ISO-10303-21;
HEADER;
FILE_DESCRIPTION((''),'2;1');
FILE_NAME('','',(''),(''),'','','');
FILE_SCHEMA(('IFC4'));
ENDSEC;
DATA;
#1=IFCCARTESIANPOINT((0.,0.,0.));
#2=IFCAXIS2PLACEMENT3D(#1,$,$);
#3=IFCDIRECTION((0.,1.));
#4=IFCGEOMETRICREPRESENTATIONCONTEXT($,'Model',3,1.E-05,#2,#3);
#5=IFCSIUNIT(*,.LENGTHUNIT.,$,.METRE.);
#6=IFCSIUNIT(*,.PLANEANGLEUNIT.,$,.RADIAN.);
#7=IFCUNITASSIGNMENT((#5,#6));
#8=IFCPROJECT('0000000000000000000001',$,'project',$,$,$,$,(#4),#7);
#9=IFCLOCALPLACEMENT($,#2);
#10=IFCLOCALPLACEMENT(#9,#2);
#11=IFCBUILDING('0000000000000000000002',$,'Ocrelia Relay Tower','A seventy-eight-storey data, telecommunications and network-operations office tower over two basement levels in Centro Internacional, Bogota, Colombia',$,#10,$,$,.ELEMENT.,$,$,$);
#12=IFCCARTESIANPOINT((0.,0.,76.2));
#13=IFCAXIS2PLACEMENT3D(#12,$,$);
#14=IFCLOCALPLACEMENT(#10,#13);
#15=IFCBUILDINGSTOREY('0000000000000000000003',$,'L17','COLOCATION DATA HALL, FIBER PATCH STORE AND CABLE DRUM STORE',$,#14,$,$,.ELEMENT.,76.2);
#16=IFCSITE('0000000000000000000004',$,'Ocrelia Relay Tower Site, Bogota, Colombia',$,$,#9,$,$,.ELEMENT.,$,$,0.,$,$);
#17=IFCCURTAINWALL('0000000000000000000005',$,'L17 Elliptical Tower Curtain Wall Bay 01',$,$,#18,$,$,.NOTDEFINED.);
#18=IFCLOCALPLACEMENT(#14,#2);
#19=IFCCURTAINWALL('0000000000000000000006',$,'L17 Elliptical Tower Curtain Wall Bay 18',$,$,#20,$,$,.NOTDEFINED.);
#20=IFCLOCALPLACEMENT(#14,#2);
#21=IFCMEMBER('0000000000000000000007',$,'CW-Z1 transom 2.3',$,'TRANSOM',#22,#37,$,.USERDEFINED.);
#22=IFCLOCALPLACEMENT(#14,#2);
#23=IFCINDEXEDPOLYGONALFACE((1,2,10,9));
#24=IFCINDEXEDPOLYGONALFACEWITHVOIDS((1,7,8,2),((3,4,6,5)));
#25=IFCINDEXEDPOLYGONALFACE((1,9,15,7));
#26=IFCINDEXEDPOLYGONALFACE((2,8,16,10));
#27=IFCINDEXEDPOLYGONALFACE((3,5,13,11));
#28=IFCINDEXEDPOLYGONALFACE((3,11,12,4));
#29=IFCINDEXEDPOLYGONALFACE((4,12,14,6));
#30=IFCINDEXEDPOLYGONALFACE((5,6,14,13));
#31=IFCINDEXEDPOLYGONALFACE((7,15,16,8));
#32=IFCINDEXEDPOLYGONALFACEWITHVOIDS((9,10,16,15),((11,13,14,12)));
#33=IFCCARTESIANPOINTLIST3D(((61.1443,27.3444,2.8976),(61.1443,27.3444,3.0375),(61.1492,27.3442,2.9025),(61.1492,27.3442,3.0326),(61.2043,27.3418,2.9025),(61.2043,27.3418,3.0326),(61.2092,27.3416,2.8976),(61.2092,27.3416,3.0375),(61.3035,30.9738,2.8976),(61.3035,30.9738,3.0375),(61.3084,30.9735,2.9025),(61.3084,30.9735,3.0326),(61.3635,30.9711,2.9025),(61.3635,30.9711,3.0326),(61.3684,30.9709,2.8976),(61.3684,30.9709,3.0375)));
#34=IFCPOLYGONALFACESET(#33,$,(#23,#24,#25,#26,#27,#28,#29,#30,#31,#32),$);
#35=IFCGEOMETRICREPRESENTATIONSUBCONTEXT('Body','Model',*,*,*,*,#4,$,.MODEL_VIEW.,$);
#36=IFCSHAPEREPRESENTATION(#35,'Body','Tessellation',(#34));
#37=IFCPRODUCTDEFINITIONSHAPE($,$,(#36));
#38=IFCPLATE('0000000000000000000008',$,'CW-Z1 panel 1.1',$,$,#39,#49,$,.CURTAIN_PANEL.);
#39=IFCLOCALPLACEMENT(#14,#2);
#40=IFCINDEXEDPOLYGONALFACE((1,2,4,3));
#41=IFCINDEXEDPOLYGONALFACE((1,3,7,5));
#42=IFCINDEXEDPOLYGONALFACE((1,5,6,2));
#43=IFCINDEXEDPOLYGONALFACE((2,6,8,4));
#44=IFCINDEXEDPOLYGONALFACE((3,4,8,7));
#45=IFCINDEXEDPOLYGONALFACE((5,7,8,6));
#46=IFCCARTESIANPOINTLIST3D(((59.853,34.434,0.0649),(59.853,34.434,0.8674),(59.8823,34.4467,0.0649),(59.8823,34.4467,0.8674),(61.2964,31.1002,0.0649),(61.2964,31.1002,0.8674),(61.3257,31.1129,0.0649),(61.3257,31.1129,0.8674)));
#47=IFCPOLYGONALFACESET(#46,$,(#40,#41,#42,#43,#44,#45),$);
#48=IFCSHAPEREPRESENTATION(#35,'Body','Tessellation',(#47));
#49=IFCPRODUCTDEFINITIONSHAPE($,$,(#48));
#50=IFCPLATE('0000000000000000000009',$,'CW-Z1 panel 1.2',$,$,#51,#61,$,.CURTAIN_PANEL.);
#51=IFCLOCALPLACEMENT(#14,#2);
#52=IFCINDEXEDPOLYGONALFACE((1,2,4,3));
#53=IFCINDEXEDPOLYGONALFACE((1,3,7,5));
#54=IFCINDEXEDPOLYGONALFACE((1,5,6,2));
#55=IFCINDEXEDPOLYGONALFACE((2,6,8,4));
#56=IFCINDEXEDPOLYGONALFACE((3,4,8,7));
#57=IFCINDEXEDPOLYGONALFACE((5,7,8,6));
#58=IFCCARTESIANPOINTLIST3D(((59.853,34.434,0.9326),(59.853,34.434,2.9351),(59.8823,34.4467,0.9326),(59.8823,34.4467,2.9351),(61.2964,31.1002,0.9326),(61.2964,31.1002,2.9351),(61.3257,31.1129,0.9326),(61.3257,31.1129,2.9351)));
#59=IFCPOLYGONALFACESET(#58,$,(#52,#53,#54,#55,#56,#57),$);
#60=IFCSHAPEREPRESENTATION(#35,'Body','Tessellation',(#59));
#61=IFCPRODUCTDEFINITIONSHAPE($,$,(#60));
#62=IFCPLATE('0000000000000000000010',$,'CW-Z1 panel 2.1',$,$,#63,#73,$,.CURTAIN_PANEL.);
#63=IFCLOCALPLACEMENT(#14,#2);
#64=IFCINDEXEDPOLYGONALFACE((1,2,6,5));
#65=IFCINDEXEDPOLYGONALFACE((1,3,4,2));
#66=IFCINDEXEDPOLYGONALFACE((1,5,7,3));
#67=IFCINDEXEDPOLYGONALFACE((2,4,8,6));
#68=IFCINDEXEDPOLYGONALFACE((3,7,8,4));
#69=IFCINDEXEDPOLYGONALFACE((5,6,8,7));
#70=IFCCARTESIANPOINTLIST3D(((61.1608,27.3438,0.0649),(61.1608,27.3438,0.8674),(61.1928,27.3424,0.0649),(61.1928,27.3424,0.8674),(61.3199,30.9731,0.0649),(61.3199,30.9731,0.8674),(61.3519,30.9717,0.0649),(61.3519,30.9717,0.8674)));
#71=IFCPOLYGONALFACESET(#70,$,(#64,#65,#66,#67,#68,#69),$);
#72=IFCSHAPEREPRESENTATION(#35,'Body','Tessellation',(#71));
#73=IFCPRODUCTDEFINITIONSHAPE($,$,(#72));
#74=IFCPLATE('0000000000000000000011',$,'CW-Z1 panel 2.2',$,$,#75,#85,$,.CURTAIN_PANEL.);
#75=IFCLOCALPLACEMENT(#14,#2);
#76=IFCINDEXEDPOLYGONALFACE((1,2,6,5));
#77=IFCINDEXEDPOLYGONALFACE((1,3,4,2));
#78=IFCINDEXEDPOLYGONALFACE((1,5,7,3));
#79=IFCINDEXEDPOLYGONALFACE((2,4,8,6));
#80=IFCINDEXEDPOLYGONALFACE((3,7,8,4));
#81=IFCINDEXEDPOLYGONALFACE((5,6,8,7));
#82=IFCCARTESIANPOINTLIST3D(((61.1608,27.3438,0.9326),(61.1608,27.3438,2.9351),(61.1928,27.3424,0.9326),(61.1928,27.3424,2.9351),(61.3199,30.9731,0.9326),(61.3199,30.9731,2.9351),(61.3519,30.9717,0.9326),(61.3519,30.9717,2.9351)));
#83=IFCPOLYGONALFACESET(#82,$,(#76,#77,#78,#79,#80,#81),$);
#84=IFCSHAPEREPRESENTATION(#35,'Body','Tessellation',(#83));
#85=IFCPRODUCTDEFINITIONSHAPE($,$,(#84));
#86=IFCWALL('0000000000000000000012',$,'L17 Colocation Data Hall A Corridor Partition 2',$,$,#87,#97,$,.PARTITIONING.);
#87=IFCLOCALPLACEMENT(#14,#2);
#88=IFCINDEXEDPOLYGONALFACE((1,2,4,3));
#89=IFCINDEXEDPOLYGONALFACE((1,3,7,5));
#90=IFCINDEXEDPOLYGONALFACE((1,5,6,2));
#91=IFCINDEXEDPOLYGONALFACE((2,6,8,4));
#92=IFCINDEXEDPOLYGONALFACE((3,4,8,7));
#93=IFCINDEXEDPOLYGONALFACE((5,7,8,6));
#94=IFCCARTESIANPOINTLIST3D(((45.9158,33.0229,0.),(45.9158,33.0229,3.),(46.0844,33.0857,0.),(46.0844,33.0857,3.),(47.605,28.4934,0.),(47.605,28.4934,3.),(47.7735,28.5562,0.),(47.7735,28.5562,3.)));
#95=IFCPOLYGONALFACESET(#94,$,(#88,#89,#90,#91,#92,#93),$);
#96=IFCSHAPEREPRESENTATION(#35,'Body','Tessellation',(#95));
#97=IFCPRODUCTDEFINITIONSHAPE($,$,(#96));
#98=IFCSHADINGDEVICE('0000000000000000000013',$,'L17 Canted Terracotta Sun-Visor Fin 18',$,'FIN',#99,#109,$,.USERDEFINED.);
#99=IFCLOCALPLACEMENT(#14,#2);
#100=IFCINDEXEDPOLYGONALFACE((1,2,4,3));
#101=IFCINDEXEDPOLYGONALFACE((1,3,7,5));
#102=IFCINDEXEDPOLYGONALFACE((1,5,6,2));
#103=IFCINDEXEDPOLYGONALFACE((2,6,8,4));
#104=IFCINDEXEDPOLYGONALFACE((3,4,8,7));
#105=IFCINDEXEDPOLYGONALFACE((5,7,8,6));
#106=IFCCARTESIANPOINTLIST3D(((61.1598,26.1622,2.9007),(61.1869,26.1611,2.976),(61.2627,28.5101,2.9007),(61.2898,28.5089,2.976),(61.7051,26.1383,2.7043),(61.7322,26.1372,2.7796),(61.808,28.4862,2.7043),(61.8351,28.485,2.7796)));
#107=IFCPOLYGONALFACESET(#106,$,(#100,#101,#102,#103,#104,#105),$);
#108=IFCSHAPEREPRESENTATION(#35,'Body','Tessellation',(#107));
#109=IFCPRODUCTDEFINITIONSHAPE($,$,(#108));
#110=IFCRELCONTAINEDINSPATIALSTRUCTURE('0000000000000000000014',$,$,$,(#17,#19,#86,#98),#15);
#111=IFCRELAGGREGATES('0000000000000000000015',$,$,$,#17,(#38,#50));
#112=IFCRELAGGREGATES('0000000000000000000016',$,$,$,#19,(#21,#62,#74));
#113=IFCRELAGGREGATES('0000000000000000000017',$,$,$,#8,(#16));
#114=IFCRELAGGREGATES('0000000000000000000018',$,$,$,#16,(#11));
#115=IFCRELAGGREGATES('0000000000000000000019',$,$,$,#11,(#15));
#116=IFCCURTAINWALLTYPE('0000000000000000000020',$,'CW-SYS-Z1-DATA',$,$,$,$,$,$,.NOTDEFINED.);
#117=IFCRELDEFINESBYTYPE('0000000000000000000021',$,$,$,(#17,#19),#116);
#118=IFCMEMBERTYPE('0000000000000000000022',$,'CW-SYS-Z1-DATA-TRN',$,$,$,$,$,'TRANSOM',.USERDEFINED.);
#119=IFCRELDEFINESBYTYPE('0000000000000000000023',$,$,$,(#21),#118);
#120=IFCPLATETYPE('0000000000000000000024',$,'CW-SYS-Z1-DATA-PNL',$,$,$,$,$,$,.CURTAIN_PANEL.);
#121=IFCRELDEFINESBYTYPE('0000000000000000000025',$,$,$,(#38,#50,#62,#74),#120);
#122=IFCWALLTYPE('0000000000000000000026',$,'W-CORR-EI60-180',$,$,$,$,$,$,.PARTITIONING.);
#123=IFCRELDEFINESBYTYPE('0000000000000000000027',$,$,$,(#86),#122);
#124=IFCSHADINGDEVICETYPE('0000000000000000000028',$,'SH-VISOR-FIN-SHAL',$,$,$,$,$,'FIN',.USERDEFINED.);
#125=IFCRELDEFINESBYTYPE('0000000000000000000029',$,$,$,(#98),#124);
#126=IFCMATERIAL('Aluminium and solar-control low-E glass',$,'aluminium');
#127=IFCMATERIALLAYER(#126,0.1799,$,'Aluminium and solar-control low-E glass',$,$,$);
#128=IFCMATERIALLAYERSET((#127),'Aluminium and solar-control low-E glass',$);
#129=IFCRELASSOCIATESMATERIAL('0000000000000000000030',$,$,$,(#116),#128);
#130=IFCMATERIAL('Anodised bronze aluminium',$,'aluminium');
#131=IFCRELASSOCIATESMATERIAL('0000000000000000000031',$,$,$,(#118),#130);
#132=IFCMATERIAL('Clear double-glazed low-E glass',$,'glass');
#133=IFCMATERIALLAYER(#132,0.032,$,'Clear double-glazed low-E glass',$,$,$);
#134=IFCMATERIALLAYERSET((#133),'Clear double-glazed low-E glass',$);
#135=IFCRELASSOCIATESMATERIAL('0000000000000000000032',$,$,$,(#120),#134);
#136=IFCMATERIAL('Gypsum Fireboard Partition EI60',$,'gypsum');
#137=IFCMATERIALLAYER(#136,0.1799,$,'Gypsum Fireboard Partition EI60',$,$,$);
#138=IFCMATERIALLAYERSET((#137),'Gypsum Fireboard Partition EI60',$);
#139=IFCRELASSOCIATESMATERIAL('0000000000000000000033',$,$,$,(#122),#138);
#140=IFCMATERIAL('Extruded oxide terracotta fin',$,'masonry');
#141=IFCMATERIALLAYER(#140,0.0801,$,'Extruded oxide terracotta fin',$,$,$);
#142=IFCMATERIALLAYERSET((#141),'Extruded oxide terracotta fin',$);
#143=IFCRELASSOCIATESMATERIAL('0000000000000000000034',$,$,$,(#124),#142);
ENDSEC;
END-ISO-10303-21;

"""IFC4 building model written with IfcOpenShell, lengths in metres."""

from ifc_helpers import new_model, si_unit, direction, frame, frame_2d, origin, origin_2d, place, context, subcontext, project, spatial, rectangle, hollow_rectangle, extrude, material, layer, layer_set, material_profile, profile_set, type_object, element, aggregate, save


model = new_model("IFC4")

# Units and contexts
model_context = context("Model", 3, precision=1e-05, world=origin(), true_north=direction((0.0, 1.0)))
body_context = subcontext(model_context, "Body", "Model", "MODEL_VIEW")
ifc_project = project(units=[si_unit("LENGTHUNIT", "METRE"), si_unit("PLANEANGLEUNIT", "RADIAN")], contexts=[model_context])

# Site, building, storey
site_placement = place(None, origin())
site = spatial("IfcSite", under=ifc_project, at=site_placement, Name="Ocrelia Relay Tower Site, Bogota, Colombia", CompositionType="ELEMENT", RefElevation=0.0)
building_placement = place(site_placement, origin())
building = spatial("IfcBuilding", under=site, at=building_placement, Name="Ocrelia Relay Tower", Description="A seventy-eight-storey data, telecommunications and network-operations office tower over two basement levels in Centro Internacional, Bogota, Colombia", CompositionType="ELEMENT")
storey_placement = place(building_placement, frame((0.0, 0.0, 76.2)))
storey = spatial("IfcBuildingStorey", under=building, at=storey_placement, Name="L17", Description="COLOCATION DATA HALL, FIBER PATCH STORE AND CABLE DRUM STORE", CompositionType="ELEMENT", Elevation=76.2)

# Curtain wall
ifc_material_1 = material(Name="Aluminium and solar-control low-E glass", Category="aluminium")
ifc_layer_1 = layer(ifc_material_1, 0.1799, Name="Aluminium and solar-control low-E glass")
ifc_layer_set_1 = layer_set([ifc_layer_1], Name="Aluminium and solar-control low-E glass")
curtain_wall_type = type_object("IfcCurtainWallType", Name="CW-SYS-Z1-DATA", PredefinedType="NOTDEFINED", material=ifc_layer_set_1)
curtain_wall_1_placement = place(storey_placement, origin())
curtain_wall_1 = element("IfcCurtainWall", 1, at=curtain_wall_1_placement, inside=storey, type_object=curtain_wall_type, Name="L17 Elliptical Tower Curtain Wall Bay 01", PredefinedType="NOTDEFINED")
ifc_material_2 = material(Name="Anodised bronze aluminium", Category="aluminium")

# Curtain wall
curtain_wall_2_placement = place(storey_placement, origin())
curtain_wall_2 = element("IfcCurtainWall", 2, at=curtain_wall_2_placement, inside=storey, type_object=curtain_wall_type, Name="L17 Elliptical Tower Curtain Wall Bay 18", PredefinedType="NOTDEFINED")

# Member
ifc_material_profile_1 = material_profile(ifc_material_2, hollow_rectangle(XDim=0.0649, YDim=0.1399, WallThickness=0.0049, at=origin_2d()), Name="CW-TRN-140x65")
ifc_profile_set_1 = profile_set([ifc_material_profile_1], Name="Anodised bronze aluminium")
member_type_1 = type_object("IfcMemberType", Name="CW-SYS-Z1-DATA-TRN", ElementType="TRANSOM", PredefinedType="USERDEFINED", material=ifc_profile_set_1)
member_1_placement = place(storey_placement, frame((61.1768, 27.343, 2.9675), z_axis=(0.043816, 0.99904, 0.0), x_axis=(-0.99904, 0.043816, 0.0)))
member_1 = element("IfcMember", 3, at=member_1_placement, type_object=member_type_1, Name="CW-Z1 transom 2.3", ObjectType="TRANSOM", PredefinedType="USERDEFINED", context=body_context, shape_type="SweptSolid", body=[
    extrude(hollow_rectangle(XDim=0.0649, YDim=0.1399, WallThickness=0.0049, at=origin_2d()), origin(), (0.0, 0.0, 1.0), 3.6328),
])

# Plates
ifc_material_3 = material(Name="Clear double-glazed low-E glass", Category="glass")
ifc_layer_2 = layer(ifc_material_3, 0.032, Name="Clear double-glazed low-E glass")
ifc_layer_set_2 = layer_set([ifc_layer_2], Name="Clear double-glazed low-E glass")
plate_type = type_object("IfcPlateType", Name="CW-SYS-Z1-DATA-PNL", PredefinedType="CURTAIN_PANEL", material=ifc_layer_set_2)
plate_1_placement = place(storey_placement, frame((60.5894, 32.7734, 0.0649), z_axis=(0.0, 0.0, 1.0), x_axis=(-0.397313, 0.917683, 0.0)))
plate_1 = element("IfcPlate", 4, at=plate_1_placement, type_object=plate_type, Name="CW-Z1 panel 1.1", PredefinedType="CURTAIN_PANEL", context=body_context, shape_type="SweptSolid", body=[
    extrude(rectangle(XDim=3.6328, YDim=0.032, at=origin_2d()), origin(), (0.0, 0.0, 1.0), 0.8025),
])
plate_2_placement = place(storey_placement, frame((60.5894, 32.7734, 0.9326), z_axis=(0.0, 0.0, 1.0), x_axis=(-0.397313, 0.917683, 0.0)))
plate_2 = element("IfcPlate", 5, at=plate_2_placement, type_object=plate_type, Name="CW-Z1 panel 1.2", PredefinedType="CURTAIN_PANEL", context=body_context, shape_type="SweptSolid", body=[
    extrude(rectangle(XDim=3.6328, YDim=0.032, at=origin_2d()), origin(), (0.0, 0.0, 1.0), 2.0024),
])
aggregate(curtain_wall_1, [plate_1, plate_2])
plate_3_placement = place(storey_placement, frame((61.2563, 29.1577, 0.0649), z_axis=(0.0, 0.0, 1.0), x_axis=(0.043797, 0.99904, 0.0)))
plate_3 = element("IfcPlate", 6, at=plate_3_placement, type_object=plate_type, Name="CW-Z1 panel 2.1", PredefinedType="CURTAIN_PANEL", context=body_context, shape_type="SweptSolid", body=[
    extrude(rectangle(XDim=3.6328, YDim=0.032, at=origin_2d()), origin(), (0.0, 0.0, 1.0), 0.8025),
])
plate_4_placement = place(storey_placement, frame((61.2563, 29.1577, 0.9326), z_axis=(0.0, 0.0, 1.0), x_axis=(0.043797, 0.99904, 0.0)))
plate_4 = element("IfcPlate", 7, at=plate_4_placement, type_object=plate_type, Name="CW-Z1 panel 2.2", PredefinedType="CURTAIN_PANEL", context=body_context, shape_type="SweptSolid", body=[
    extrude(rectangle(XDim=3.6328, YDim=0.032, at=origin_2d()), origin(), (0.0, 0.0, 1.0), 2.0024),
])
aggregate(curtain_wall_2, [member_1, plate_3, plate_4])

# Wall
ifc_material_4 = material(Name="Gypsum Fireboard Partition EI60", Category="gypsum")
ifc_layer_3 = layer(ifc_material_4, 0.1799, Name="Gypsum Fireboard Partition EI60")
ifc_layer_set_3 = layer_set([ifc_layer_3], Name="Gypsum Fireboard Partition EI60")
wall_type = type_object("IfcWallType", Name="W-CORR-EI60-180", PredefinedType="PARTITIONING", material=ifc_layer_set_3)
wall_placement = place(storey_placement, frame((47.6892, 28.5249, 0.0), z_axis=(0.0, 0.0, 1.0), x_axis=(-0.349424, 0.936965, 0.0)))
element("IfcWall", 8, at=wall_placement, inside=storey, type_object=wall_type, Name="L17 Colocation Data Hall A Corridor Partition 2", PredefinedType="PARTITIONING", context=body_context, shape_type="SweptSolid", body=[
    extrude(rectangle(XDim=4.8342, YDim=0.1799, at=frame_2d((2.417, 0.0))), origin(), (0.0, 0.0, 1.0), 3.0),
])

# Shading device
ifc_material_5 = material(Name="Extruded oxide terracotta fin", Category="masonry")
ifc_layer_4 = layer(ifc_material_5, 0.0801, Name="Extruded oxide terracotta fin")
ifc_layer_set_4 = layer_set([ifc_layer_4], Name="Extruded oxide terracotta fin")
shading_device_type = type_object("IfcShadingDeviceType", Name="SH-VISOR-FIN-SHAL", ElementType="FIN", PredefinedType="USERDEFINED", material=ifc_layer_set_4)
shading_device_placement = place(storey_placement, frame((61.4839, 27.3242, 2.8025), z_axis=(0.338249, -0.014828, 0.94094), x_axis=(0.043797, 0.99904, 0.0)))
element("IfcShadingDevice", 9, at=shading_device_placement, inside=storey, type_object=shading_device_type, Name="L17 Canted Terracotta Sun-Visor Fin 18", ObjectType="FIN", PredefinedType="USERDEFINED", context=body_context, shape_type="SweptSolid", body=[
    extrude(rectangle(XDim=2.3501, YDim=0.5801, at=origin_2d()), origin(), (0.0, 0.0, 1.0), 0.0801),
])

save(model, "model.ifc")
